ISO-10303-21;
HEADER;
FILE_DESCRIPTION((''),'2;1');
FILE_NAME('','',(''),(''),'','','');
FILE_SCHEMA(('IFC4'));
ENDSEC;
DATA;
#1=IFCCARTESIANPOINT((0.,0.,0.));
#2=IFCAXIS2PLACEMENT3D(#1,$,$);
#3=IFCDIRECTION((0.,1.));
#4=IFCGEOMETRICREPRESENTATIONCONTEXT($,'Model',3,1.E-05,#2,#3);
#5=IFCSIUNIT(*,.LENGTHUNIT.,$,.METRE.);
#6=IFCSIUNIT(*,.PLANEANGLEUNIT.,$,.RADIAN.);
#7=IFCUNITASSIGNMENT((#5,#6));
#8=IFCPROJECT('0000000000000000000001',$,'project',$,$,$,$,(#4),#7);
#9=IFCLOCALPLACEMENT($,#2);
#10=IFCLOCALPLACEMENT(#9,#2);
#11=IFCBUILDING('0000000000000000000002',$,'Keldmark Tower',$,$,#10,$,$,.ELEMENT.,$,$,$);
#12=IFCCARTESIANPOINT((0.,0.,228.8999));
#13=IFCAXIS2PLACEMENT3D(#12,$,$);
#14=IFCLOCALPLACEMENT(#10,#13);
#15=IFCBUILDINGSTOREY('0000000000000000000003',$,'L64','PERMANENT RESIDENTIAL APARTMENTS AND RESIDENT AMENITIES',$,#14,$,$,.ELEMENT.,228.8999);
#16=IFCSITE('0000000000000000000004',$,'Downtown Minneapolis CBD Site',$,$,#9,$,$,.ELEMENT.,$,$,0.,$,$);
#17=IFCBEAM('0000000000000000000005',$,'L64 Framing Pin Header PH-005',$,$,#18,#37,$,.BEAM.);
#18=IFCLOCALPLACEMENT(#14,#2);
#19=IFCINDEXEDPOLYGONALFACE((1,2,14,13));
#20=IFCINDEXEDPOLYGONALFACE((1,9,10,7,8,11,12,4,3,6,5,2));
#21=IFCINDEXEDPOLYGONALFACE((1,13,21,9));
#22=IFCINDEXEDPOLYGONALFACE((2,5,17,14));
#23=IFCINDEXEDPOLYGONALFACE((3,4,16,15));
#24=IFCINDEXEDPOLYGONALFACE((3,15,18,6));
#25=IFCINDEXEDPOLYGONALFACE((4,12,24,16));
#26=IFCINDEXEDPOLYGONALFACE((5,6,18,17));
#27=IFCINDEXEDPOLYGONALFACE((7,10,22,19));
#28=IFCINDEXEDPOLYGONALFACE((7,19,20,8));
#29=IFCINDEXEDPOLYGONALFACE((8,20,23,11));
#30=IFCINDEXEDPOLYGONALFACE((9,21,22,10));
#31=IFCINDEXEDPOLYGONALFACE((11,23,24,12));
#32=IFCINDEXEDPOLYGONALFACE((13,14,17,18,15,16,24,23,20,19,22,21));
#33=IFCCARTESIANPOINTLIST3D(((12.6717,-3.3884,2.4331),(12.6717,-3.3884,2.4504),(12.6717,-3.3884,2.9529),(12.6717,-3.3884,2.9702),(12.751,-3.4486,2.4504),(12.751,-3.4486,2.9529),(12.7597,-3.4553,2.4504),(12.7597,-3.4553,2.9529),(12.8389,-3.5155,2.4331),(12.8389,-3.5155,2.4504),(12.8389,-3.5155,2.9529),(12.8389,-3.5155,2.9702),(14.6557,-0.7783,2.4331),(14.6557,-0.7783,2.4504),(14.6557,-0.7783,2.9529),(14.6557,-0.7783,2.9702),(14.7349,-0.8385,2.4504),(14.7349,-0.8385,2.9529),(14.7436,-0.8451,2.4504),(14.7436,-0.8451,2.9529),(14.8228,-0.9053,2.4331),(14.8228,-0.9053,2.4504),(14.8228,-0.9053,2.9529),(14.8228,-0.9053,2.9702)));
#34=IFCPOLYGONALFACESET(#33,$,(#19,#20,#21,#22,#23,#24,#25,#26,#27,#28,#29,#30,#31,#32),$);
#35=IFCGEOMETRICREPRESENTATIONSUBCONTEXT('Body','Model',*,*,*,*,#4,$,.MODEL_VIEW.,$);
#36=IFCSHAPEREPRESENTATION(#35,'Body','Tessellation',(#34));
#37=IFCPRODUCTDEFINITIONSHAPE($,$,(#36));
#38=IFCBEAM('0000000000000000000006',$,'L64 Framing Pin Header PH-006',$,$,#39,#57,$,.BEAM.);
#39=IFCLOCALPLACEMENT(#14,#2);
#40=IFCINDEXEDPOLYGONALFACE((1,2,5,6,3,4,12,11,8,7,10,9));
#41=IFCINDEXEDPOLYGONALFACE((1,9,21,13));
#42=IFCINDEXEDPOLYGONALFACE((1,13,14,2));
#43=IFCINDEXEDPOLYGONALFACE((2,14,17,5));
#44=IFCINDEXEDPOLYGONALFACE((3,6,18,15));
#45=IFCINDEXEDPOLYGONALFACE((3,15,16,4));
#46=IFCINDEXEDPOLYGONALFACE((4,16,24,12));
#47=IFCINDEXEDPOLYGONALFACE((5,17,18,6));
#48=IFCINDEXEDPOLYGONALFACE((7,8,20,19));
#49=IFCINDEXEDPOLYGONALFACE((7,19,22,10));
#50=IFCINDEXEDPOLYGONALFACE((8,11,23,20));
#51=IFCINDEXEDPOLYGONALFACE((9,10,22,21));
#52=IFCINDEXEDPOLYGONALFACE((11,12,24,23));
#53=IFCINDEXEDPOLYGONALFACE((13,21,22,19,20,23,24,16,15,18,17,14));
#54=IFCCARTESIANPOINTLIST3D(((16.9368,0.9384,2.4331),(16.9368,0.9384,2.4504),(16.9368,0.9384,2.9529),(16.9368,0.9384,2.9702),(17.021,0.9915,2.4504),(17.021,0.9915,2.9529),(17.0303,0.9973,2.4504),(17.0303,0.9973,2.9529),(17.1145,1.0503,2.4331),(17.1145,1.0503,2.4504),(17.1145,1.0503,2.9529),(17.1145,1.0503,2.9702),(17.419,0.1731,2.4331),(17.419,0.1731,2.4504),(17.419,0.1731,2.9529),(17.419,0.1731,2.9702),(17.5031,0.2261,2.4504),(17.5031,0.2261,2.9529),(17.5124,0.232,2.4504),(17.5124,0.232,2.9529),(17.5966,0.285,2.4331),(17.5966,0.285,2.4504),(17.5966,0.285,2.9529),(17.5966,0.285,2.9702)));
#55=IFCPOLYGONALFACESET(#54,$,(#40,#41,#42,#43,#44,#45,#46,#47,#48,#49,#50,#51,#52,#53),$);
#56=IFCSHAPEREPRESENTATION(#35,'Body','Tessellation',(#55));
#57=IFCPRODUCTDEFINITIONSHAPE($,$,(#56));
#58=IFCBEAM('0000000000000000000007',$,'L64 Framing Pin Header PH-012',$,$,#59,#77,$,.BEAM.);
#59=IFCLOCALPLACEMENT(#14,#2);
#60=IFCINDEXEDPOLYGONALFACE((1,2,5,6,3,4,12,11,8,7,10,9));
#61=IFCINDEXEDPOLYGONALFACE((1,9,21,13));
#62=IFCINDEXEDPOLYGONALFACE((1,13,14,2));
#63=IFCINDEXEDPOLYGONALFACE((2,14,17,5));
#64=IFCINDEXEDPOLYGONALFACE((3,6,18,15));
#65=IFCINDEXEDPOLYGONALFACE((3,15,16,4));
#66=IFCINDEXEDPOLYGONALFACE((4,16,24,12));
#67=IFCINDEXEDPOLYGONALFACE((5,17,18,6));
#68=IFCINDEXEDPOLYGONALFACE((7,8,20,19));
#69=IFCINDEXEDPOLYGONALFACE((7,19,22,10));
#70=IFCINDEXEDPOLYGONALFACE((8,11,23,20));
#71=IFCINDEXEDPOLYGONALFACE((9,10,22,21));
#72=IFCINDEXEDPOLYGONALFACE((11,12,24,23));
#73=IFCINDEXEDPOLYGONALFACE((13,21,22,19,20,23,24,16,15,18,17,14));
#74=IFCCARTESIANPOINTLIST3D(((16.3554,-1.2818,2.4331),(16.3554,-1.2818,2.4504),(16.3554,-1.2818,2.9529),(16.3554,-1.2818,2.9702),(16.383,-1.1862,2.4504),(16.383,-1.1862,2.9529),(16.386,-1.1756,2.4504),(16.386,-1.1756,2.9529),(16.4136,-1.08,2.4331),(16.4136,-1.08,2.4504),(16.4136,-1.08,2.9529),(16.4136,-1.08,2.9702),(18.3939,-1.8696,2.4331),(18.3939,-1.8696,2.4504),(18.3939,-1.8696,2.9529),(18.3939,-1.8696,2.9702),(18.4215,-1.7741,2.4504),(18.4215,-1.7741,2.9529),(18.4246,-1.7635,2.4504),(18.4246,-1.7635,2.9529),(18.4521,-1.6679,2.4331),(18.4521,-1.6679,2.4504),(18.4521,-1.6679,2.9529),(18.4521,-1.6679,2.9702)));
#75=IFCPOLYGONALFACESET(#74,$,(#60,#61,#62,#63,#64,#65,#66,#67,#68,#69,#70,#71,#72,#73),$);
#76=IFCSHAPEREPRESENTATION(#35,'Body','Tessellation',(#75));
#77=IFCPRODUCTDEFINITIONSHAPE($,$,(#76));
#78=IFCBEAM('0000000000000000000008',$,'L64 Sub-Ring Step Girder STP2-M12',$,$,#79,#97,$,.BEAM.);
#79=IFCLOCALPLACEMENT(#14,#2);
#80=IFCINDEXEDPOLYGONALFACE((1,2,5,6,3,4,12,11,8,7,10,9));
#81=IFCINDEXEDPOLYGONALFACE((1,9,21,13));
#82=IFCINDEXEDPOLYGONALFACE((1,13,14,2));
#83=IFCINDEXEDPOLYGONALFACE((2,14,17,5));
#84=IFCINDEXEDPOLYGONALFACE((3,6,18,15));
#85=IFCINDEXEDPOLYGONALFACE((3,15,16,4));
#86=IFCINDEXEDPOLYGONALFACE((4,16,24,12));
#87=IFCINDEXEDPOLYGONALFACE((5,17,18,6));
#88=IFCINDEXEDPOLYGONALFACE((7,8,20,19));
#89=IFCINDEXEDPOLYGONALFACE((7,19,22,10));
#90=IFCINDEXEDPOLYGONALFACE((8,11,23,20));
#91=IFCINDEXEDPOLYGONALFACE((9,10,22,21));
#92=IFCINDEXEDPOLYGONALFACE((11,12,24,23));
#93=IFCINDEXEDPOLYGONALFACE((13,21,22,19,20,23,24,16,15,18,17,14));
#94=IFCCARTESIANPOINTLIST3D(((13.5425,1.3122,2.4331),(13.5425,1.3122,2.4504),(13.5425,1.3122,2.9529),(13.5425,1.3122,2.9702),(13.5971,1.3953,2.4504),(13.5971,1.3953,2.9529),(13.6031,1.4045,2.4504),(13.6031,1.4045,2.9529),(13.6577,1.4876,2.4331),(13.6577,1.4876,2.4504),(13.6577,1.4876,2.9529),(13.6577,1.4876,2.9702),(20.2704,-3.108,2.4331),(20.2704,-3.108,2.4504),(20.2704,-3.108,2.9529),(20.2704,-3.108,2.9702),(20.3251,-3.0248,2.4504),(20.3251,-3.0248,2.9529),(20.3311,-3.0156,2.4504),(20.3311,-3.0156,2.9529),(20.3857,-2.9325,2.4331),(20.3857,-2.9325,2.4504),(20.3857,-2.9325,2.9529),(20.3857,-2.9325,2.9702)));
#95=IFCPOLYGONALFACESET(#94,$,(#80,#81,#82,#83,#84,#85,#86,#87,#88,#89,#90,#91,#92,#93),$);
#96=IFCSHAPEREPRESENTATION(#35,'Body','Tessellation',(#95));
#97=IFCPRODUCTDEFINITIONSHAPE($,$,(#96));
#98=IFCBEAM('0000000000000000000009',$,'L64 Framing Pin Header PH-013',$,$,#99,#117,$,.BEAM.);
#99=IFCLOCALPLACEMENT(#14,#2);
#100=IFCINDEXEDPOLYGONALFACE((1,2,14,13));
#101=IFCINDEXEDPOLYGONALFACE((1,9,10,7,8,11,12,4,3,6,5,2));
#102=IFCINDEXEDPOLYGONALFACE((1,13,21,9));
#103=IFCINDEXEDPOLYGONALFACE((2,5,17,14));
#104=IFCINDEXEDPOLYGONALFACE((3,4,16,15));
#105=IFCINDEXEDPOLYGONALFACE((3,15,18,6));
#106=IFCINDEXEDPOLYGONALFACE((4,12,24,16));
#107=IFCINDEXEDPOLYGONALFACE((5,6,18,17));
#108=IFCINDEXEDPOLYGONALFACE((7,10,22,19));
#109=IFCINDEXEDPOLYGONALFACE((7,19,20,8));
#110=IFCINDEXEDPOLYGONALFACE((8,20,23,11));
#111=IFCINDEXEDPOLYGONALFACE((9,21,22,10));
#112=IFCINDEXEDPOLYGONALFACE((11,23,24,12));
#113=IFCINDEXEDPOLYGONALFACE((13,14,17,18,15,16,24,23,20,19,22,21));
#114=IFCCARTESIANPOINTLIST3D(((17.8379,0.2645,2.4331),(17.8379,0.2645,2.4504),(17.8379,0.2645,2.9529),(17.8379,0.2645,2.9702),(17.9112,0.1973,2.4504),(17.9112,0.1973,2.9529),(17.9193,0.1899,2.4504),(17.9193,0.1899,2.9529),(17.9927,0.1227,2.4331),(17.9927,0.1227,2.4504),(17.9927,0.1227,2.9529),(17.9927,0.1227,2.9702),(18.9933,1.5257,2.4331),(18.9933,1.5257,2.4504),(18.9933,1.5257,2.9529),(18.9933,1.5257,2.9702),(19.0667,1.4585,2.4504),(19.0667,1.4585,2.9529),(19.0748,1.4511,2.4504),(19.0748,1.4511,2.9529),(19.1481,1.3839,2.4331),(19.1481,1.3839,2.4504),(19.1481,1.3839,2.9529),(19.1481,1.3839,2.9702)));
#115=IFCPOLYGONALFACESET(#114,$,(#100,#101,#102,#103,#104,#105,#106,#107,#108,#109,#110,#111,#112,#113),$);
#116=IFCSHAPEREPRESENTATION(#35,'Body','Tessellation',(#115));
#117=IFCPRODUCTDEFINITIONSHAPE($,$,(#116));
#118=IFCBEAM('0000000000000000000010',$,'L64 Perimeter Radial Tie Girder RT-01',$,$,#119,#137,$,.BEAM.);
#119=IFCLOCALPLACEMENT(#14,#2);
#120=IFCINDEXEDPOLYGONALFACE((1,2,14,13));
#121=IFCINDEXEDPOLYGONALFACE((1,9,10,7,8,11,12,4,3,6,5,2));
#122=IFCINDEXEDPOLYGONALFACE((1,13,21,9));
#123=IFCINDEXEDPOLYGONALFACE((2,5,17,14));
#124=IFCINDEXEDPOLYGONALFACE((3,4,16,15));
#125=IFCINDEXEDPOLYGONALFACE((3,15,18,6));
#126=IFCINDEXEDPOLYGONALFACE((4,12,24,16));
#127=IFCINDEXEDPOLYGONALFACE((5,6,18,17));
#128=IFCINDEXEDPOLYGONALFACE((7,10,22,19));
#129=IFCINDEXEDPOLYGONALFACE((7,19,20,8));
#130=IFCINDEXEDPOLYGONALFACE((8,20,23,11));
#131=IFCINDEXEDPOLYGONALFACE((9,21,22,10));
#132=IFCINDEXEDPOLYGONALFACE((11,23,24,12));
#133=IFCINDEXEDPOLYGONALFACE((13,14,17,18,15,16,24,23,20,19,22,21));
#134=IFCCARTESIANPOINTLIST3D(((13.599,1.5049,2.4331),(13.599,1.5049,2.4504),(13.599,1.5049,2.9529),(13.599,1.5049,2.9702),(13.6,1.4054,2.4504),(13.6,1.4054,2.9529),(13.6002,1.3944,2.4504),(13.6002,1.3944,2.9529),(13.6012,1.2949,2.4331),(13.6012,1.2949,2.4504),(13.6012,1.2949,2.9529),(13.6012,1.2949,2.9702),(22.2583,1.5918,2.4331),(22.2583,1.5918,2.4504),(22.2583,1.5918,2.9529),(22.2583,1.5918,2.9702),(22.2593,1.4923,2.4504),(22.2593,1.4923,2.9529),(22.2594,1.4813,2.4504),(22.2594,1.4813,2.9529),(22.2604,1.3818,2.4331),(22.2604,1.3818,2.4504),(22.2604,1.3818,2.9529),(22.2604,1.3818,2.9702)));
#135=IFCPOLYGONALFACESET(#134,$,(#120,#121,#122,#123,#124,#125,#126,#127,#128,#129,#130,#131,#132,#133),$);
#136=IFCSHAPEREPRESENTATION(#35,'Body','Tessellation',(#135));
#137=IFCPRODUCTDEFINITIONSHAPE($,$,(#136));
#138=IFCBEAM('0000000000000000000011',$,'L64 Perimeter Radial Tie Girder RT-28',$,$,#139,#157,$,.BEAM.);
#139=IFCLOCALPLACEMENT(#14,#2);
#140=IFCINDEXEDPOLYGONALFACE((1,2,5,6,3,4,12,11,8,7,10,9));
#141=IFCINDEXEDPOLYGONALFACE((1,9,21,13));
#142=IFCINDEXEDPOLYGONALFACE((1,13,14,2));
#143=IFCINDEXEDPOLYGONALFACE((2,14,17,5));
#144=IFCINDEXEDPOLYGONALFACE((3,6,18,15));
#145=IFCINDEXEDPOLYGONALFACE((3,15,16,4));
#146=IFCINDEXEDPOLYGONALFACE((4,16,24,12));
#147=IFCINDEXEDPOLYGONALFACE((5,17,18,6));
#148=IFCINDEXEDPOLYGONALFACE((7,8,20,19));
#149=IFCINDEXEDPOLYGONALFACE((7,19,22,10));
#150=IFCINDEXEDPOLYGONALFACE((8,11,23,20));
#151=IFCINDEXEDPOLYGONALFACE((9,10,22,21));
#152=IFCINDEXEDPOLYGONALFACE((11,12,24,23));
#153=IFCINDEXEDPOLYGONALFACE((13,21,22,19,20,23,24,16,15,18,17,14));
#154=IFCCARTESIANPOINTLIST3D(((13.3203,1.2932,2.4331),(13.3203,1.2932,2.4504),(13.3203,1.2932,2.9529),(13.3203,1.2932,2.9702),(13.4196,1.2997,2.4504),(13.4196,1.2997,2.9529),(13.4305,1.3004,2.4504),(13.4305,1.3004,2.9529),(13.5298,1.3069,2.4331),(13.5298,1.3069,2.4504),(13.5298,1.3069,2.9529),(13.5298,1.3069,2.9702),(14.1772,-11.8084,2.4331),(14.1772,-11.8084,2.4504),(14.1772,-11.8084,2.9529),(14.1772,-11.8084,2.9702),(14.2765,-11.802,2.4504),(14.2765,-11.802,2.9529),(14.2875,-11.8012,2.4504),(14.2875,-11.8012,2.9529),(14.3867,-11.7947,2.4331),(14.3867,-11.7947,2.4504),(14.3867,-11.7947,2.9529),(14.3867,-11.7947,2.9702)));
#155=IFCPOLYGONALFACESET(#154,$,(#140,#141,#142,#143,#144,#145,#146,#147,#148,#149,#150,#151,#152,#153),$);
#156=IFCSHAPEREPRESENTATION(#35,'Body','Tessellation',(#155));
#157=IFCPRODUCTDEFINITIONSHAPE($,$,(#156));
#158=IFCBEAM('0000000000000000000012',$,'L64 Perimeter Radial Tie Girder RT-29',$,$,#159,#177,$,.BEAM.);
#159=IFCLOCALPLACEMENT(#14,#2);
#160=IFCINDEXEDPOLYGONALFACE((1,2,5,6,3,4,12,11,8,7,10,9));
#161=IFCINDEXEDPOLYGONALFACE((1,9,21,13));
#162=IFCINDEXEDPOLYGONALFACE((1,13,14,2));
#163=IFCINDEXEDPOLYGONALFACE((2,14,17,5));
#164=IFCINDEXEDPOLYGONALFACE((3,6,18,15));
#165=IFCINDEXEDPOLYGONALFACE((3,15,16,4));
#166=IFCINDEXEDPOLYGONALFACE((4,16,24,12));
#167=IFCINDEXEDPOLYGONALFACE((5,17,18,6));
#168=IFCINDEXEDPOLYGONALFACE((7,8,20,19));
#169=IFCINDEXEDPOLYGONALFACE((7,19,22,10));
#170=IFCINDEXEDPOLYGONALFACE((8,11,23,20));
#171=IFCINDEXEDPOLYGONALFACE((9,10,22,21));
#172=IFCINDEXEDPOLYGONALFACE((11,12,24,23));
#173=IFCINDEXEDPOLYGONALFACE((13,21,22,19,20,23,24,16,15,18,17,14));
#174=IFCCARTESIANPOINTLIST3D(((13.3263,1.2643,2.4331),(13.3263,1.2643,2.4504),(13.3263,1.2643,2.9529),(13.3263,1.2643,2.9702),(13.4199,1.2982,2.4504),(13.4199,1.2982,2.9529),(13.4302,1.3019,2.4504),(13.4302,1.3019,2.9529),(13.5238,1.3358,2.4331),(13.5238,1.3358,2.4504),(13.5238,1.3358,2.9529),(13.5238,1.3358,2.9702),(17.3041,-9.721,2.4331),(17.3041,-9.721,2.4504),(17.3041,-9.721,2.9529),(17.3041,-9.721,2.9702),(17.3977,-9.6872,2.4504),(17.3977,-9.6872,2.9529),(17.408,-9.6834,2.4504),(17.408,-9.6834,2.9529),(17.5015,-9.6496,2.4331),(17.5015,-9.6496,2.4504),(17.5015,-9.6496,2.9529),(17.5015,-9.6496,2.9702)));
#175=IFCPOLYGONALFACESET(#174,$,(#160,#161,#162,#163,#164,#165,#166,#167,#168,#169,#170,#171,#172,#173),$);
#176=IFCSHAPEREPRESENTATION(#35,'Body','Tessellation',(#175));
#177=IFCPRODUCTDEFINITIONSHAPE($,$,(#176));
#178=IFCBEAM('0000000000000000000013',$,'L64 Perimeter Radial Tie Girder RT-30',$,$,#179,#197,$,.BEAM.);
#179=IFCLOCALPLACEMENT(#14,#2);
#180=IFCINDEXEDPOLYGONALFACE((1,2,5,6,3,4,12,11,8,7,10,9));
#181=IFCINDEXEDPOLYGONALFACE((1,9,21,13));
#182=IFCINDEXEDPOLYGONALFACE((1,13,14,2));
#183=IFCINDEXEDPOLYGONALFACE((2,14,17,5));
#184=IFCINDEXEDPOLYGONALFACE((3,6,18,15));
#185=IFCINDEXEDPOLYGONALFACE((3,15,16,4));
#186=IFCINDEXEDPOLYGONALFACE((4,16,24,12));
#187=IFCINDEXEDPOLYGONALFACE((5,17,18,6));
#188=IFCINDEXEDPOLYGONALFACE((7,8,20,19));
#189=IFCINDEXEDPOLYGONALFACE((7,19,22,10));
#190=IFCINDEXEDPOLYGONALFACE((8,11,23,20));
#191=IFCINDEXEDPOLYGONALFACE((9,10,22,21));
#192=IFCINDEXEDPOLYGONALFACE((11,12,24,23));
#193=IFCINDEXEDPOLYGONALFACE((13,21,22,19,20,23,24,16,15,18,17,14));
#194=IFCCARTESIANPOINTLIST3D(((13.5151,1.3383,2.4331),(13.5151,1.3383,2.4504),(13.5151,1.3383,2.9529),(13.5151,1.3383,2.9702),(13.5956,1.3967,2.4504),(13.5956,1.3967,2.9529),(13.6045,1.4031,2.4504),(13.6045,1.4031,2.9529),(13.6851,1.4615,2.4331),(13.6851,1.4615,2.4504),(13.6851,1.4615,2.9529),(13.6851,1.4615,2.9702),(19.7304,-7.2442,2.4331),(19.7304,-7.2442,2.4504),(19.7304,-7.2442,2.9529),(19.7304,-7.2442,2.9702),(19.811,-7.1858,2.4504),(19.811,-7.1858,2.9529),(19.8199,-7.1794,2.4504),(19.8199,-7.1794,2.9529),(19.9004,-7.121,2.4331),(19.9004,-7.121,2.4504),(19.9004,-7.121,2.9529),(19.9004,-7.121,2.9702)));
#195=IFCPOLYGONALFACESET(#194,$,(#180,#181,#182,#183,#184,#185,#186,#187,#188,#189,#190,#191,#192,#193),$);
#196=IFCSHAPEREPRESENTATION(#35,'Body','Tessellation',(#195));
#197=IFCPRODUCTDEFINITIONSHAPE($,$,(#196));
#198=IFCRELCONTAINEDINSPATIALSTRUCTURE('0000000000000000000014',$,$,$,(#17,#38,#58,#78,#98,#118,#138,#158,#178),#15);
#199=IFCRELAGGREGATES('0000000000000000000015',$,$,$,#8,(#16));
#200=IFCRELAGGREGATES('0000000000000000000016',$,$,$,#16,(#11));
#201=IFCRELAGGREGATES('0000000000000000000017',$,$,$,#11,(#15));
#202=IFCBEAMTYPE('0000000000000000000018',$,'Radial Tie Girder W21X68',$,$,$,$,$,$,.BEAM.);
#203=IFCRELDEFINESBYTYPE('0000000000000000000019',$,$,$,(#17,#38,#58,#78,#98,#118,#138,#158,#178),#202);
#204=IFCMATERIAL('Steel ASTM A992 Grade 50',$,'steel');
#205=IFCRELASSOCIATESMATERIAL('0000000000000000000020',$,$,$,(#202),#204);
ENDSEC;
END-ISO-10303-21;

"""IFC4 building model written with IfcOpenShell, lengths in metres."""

from ifc_helpers import new_model, si_unit, direction, frame, origin, origin_2d, place, context, subcontext, project, spatial, i_section, extrude, material, material_profile, profile_set, type_object, element, save


model = new_model("IFC4")

# Units and contexts
model_context = context("Model", 3, precision=1e-05, world=origin(), true_north=direction((0.0, 1.0)))
body_context = subcontext(model_context, "Body", "Model", "MODEL_VIEW")
ifc_project = project(units=[si_unit("LENGTHUNIT", "METRE"), si_unit("PLANEANGLEUNIT", "RADIAN")], contexts=[model_context])

# Site, building, storey
site_placement = place(None, origin())
site = spatial("IfcSite", under=ifc_project, at=site_placement, Name="Downtown Minneapolis CBD Site", CompositionType="ELEMENT", RefElevation=0.0)
building_placement = place(site_placement, origin())
building = spatial("IfcBuilding", under=site, at=building_placement, Name="Keldmark Tower", CompositionType="ELEMENT")
storey_placement = place(building_placement, frame((0.0, 0.0, 228.8999)))
storey = spatial("IfcBuildingStorey", under=building, at=storey_placement, Name="L64", Description="PERMANENT RESIDENTIAL APARTMENTS AND RESIDENT AMENITIES", CompositionType="ELEMENT", Elevation=228.8999)

# Beams
ifc_material_1 = material(Name="Steel ASTM A992 Grade 50", Category="steel")
ifc_material_profile_1 = material_profile(ifc_material_1, i_section(OverallWidth=0.21, OverallDepth=0.5371, WebThickness=0.011, FlangeThickness=0.0173, at=origin_2d()), Name="W21X68")
ifc_profile_set_1 = profile_set([ifc_material_profile_1], Name="Steel ASTM A992 Grade 50")
beam_type_1 = type_object("IfcBeamType", Name="Radial Tie Girder W21X68", PredefinedType="BEAM", material=ifc_profile_set_1)
beam_1_placement = place(storey_placement, frame((14.7393, -0.8418, 2.7017), z_axis=(-0.605123, -0.796132, 0.0), x_axis=(0.796132, -0.605123, 0.0)))
element("IfcBeam", 1, at=beam_1_placement, inside=storey, type_object=beam_type_1, Name="L64 Framing Pin Header PH-005", PredefinedType="BEAM", context=body_context, shape_type="SweptSolid", body=[
    extrude(i_section(OverallWidth=0.21, OverallDepth=0.5371, WebThickness=0.011, FlangeThickness=0.0173, at=origin_2d()), origin(), (0.0, 0.0, 1.0), 3.2786),
])
beam_2_placement = place(storey_placement, frame((17.0256, 0.9944, 2.7017), z_axis=(0.533028, -0.846098, 0.0), x_axis=(0.846098, 0.533028, 0.0)))
element("IfcBeam", 2, at=beam_2_placement, inside=storey, type_object=beam_type_1, Name="L64 Framing Pin Header PH-006", PredefinedType="BEAM", context=body_context, shape_type="SweptSolid", body=[
    extrude(i_section(OverallWidth=0.21, OverallDepth=0.5371, WebThickness=0.011, FlangeThickness=0.0173, at=origin_2d()), origin(), (0.0, 0.0, 1.0), 0.9045),
])
beam_3_placement = place(storey_placement, frame((16.3845, -1.1809, 2.7017), z_axis=(0.960844, -0.277091, 0.0), x_axis=(0.277091, 0.960844, 0.0)))
element("IfcBeam", 3, at=beam_3_placement, inside=storey, type_object=beam_type_1, Name="L64 Framing Pin Header PH-012", PredefinedType="BEAM", context=body_context, shape_type="SweptSolid", body=[
    extrude(i_section(OverallWidth=0.21, OverallDepth=0.5371, WebThickness=0.011, FlangeThickness=0.0173, at=origin_2d()), origin(), (0.0, 0.0, 1.0), 2.1216),
])
beam_4_placement = place(storey_placement, frame((13.6001, 1.3999, 2.7017), z_axis=(0.835769, -0.549082, 0.0), x_axis=(0.549082, 0.835769, 0.0)))
element("IfcBeam", 4, at=beam_4_placement, inside=storey, type_object=beam_type_1, Name="L64 Sub-Ring Step Girder STP2-M12", PredefinedType="BEAM", context=body_context, shape_type="SweptSolid", body=[
    extrude(i_section(OverallWidth=0.21, OverallDepth=0.5371, WebThickness=0.011, FlangeThickness=0.0173, at=origin_2d()), origin(), (0.0, 0.0, 1.0), 8.05),
])
beam_5_placement = place(storey_placement, frame((17.9153, 0.1936, 2.7017), z_axis=(0.675531, 0.737332, 0.0), x_axis=(-0.737332, 0.675531, 0.0)))
element("IfcBeam", 5, at=beam_5_placement, inside=storey, type_object=beam_type_1, Name="L64 Framing Pin Header PH-013", PredefinedType="BEAM", context=body_context, shape_type="SweptSolid", body=[
    extrude(i_section(OverallWidth=0.21, OverallDepth=0.5371, WebThickness=0.011, FlangeThickness=0.0173, at=origin_2d()), origin(), (0.0, 0.0, 1.0), 1.7104),
])
beam_6_placement = place(storey_placement, frame((13.6001, 1.3999, 2.7017), z_axis=(0.99995, 0.010037, 0.0), x_axis=(-0.010037, 0.99995, 0.0)))
element("IfcBeam", 6, at=beam_6_placement, inside=storey, type_object=beam_type_1, Name="L64 Perimeter Radial Tie Girder RT-01", PredefinedType="BEAM", context=body_context, shape_type="SweptSolid", body=[
    extrude(i_section(OverallWidth=0.21, OverallDepth=0.5371, WebThickness=0.011, FlangeThickness=0.0173, at=origin_2d()), origin(), (0.0, 0.0, 1.0), 8.6597),
])
beam_7_placement = place(storey_placement, frame((13.425, 1.3, 2.7017), z_axis=(0.065268, -0.997868, 0.0), x_axis=(0.997868, 0.065268, 0.0)))
element("IfcBeam", 7, at=beam_7_placement, inside=storey, type_object=beam_type_1, Name="L64 Perimeter Radial Tie Girder RT-28", PredefinedType="BEAM", context=body_context, shape_type="SweptSolid", body=[
    extrude(i_section(OverallWidth=0.21, OverallDepth=0.5371, WebThickness=0.011, FlangeThickness=0.0173, at=origin_2d()), origin(), (0.0, 0.0, 1.0), 13.1296),
])
beam_8_placement = place(storey_placement, frame((13.425, 1.3, 2.7017), z_axis=(0.340466, -0.940257, 0.0), x_axis=(0.940257, 0.340466, 0.0)))
element("IfcBeam", 8, at=beam_8_placement, inside=storey, type_object=beam_type_1, Name="L64 Perimeter Radial Tie Girder RT-29", PredefinedType="BEAM", context=body_context, shape_type="SweptSolid", body=[
    extrude(i_section(OverallWidth=0.21, OverallDepth=0.5371, WebThickness=0.011, FlangeThickness=0.0173, at=origin_2d()), origin(), (0.0, 0.0, 1.0), 11.6833),
])
beam_9_placement = place(storey_placement, frame((13.6001, 1.3999, 2.7017), z_axis=(0.586535, -0.809924, 0.0), x_axis=(0.809924, 0.586535, 0.0)))
element("IfcBeam", 9, at=beam_9_placement, inside=storey, type_object=beam_type_1, Name="L64 Perimeter Radial Tie Girder RT-30", PredefinedType="BEAM", context=body_context, shape_type="SweptSolid", body=[
    extrude(i_section(OverallWidth=0.21, OverallDepth=0.5371, WebThickness=0.011, FlangeThickness=0.0173, at=origin_2d()), origin(), (0.0, 0.0, 1.0), 10.5967),
])

save(model, "model.ifc")
